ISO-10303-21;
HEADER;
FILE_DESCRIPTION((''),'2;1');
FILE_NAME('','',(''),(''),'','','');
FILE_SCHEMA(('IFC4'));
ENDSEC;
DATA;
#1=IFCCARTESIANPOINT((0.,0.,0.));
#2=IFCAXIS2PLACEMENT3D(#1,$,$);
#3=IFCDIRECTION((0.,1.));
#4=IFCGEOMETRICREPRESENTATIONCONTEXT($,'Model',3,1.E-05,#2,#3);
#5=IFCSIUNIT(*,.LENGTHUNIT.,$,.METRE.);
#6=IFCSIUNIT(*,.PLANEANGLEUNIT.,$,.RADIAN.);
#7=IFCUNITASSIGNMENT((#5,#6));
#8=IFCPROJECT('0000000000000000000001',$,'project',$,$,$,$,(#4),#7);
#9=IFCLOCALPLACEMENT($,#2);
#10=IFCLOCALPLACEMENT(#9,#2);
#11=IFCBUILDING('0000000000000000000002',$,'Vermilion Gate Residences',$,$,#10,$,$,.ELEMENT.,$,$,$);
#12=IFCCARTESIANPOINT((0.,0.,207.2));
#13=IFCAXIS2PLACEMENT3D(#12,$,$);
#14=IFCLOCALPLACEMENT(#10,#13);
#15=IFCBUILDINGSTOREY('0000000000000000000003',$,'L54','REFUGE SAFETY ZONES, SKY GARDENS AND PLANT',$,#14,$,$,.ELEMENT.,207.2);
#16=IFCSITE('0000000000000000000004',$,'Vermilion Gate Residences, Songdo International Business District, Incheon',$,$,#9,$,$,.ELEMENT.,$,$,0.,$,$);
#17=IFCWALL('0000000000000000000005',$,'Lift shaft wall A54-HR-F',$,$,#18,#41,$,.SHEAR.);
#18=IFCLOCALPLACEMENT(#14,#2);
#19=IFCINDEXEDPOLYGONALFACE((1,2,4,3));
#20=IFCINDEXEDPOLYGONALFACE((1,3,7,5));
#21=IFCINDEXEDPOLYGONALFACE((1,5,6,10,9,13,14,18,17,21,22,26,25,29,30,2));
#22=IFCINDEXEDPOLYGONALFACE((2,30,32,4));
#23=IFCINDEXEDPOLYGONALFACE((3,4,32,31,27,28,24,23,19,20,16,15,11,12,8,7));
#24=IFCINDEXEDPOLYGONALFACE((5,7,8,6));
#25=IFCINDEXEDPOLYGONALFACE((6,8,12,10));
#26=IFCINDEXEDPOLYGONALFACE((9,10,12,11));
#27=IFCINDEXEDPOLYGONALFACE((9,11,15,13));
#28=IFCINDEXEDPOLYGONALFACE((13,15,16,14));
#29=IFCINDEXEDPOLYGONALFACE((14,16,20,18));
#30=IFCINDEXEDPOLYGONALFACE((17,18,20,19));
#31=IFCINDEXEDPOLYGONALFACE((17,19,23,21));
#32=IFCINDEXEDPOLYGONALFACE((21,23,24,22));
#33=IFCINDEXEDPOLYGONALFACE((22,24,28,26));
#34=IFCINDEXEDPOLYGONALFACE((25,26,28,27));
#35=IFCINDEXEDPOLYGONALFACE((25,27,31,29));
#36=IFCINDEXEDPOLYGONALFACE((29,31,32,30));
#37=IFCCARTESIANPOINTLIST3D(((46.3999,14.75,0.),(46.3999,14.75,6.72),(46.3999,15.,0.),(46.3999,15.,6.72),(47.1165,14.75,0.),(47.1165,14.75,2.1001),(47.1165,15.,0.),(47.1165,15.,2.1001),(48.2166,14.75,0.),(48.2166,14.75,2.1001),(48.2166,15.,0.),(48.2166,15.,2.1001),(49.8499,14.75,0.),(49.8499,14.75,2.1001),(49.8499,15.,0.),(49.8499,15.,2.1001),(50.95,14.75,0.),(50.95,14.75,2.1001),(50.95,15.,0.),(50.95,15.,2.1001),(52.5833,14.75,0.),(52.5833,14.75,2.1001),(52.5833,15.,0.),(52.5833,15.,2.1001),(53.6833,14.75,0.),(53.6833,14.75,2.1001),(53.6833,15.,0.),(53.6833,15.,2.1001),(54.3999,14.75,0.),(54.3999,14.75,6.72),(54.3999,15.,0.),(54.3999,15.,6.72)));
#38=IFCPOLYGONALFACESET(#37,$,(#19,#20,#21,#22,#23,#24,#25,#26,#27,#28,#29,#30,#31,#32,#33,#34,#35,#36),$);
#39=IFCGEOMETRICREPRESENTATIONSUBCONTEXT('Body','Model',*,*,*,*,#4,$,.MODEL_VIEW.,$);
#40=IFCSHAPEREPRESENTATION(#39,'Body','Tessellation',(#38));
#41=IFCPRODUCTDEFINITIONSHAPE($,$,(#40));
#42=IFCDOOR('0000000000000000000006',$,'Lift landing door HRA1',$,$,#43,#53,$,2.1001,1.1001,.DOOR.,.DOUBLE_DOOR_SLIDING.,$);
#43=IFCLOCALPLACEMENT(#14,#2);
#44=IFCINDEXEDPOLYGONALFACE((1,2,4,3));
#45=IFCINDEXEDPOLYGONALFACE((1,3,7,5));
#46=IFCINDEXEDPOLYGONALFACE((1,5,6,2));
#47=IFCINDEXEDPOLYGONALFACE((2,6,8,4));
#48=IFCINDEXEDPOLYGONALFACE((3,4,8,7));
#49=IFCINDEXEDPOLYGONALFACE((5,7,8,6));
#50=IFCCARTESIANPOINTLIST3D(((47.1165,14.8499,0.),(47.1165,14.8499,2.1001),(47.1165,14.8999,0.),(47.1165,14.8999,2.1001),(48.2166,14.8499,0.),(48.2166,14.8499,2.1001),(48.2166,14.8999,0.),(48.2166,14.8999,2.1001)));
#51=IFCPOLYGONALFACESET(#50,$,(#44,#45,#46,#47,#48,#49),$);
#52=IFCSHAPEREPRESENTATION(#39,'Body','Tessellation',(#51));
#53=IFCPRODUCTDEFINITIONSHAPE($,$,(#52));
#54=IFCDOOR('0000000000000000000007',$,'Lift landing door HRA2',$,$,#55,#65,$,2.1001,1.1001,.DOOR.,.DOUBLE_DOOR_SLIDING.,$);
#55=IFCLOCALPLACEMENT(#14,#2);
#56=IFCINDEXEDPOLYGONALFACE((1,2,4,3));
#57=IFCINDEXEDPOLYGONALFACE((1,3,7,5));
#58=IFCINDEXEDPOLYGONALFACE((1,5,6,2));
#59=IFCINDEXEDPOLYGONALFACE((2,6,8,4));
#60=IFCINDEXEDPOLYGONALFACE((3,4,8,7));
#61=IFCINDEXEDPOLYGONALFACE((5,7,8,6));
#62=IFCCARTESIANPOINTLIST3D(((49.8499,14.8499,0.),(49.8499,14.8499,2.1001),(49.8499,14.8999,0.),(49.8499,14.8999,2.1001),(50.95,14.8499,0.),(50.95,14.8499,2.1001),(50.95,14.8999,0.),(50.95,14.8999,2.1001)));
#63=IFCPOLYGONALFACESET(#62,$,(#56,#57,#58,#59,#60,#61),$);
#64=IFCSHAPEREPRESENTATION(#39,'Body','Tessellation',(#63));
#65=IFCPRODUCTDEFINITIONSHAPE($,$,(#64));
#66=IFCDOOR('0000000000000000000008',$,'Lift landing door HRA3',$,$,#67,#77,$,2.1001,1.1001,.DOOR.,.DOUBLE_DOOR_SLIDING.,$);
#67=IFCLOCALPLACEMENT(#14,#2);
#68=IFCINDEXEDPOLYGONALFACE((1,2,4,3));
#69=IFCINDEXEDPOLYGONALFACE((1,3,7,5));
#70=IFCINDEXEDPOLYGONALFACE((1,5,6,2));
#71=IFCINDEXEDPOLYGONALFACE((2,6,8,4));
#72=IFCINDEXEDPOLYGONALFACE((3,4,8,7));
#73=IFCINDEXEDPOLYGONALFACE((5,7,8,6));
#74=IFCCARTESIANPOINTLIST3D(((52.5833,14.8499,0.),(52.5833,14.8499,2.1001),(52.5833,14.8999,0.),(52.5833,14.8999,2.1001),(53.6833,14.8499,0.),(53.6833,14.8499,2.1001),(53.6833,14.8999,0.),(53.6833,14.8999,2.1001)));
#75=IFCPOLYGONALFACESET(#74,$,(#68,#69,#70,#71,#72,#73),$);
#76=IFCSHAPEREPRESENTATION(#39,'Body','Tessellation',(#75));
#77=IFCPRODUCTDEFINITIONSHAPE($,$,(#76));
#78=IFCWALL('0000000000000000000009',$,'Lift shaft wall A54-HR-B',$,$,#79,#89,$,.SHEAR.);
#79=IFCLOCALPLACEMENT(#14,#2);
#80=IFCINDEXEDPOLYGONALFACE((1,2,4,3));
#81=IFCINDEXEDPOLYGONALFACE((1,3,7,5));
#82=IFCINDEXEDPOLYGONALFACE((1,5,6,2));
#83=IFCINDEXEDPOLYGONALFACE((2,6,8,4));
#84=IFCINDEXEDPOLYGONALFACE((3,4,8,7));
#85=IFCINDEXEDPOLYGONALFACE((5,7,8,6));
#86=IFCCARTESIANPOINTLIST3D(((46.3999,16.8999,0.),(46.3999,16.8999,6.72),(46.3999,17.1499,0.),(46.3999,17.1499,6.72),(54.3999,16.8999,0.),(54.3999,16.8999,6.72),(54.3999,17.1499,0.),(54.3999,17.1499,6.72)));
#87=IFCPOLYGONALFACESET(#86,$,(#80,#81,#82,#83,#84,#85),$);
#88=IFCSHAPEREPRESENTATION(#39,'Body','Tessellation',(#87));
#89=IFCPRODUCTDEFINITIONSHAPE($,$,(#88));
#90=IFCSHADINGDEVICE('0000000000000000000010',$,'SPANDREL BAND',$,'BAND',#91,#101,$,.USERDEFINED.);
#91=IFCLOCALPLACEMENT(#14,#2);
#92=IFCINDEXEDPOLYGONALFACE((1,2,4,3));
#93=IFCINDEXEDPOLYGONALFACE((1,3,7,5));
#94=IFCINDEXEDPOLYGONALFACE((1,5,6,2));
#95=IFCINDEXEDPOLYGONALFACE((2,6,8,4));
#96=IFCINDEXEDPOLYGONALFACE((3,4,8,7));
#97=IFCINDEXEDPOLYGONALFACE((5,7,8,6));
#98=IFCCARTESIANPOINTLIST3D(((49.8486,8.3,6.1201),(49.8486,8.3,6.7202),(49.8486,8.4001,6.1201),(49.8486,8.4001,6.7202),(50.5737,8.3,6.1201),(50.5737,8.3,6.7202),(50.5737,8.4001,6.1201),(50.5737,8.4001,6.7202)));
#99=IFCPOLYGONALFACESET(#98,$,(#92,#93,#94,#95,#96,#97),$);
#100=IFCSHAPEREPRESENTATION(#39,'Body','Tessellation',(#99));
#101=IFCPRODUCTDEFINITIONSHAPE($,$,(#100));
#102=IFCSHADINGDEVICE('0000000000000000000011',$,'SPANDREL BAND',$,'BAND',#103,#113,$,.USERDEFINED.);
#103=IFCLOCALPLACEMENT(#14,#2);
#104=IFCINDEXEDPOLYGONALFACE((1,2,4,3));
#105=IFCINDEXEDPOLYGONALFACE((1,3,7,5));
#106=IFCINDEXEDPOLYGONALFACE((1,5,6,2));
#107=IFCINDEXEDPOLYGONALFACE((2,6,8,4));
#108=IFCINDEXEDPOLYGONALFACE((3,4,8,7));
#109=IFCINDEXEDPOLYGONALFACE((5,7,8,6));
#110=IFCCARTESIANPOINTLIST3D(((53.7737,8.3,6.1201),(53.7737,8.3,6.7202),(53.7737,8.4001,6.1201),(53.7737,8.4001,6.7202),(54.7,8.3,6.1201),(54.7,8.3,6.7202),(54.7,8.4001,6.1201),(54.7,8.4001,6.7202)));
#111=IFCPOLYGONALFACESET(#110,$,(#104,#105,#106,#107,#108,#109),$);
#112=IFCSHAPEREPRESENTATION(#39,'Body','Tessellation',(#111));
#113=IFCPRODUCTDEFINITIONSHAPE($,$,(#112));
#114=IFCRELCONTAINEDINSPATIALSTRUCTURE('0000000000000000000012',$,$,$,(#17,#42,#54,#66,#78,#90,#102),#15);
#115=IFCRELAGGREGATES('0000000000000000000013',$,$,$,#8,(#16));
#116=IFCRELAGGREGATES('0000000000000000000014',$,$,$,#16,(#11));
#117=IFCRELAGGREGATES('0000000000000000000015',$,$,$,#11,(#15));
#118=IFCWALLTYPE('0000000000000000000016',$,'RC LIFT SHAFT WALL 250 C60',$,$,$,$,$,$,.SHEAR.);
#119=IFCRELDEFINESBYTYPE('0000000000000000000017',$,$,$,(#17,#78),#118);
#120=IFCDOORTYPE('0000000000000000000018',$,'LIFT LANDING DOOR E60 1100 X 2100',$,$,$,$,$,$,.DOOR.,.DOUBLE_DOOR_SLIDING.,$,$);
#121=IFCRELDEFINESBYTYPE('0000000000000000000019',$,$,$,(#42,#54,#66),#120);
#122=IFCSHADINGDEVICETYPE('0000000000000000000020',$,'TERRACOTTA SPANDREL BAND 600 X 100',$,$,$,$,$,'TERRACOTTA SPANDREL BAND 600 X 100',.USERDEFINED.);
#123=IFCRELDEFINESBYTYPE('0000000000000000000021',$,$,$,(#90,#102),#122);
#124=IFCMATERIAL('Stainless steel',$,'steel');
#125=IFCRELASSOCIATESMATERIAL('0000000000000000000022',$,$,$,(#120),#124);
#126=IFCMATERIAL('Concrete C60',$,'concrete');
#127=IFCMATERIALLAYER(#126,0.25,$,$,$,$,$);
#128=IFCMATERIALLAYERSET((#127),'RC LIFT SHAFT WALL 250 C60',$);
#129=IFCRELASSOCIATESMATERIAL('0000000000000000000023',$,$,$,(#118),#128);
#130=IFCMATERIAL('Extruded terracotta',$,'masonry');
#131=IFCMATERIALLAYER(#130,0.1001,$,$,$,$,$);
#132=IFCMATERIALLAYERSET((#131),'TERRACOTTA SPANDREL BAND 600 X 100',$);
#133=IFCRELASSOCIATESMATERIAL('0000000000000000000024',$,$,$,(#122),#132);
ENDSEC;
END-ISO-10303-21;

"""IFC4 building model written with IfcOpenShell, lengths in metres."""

from ifc_helpers import new_model, si_unit, direction, frame, frame_2d, origin, origin_2d, place, context, subcontext, project, spatial, rectangle, extrude, material, layer, layer_set, type_object, element, fill, save


model = new_model("IFC4")

# Units and contexts
model_context = context("Model", 3, precision=1e-05, world=origin(), true_north=direction((0.0, 1.0)))
body_context = subcontext(model_context, "Body", "Model", "MODEL_VIEW")
ifc_project = project(units=[si_unit("LENGTHUNIT", "METRE"), si_unit("PLANEANGLEUNIT", "RADIAN")], contexts=[model_context])

# Site, building, storey
site_placement = place(None, origin())
site = spatial("IfcSite", under=ifc_project, at=site_placement, Name="Vermilion Gate Residences, Songdo International Business District, Incheon", CompositionType="ELEMENT", RefElevation=0.0)
building_placement = place(site_placement, origin())
building = spatial("IfcBuilding", under=site, at=building_placement, Name="Vermilion Gate Residences", CompositionType="ELEMENT")
storey_placement = place(building_placement, frame((0.0, 0.0, 207.2)))
storey = spatial("IfcBuildingStorey", under=building, at=storey_placement, Name="L54", Description="REFUGE SAFETY ZONES, SKY GARDENS AND PLANT", CompositionType="ELEMENT", Elevation=207.2)

# Shared definitions
ifc_material_1 = material(Name="Stainless steel", Category="steel")
door_type_1 = type_object("IfcDoorType", Name="LIFT LANDING DOOR E60 1100 X 2100", OperationType="DOUBLE_DOOR_SLIDING", PredefinedType="DOOR", material=ifc_material_1)

# Wall, openings, doors
ifc_material_2 = material(Name="Concrete C60", Category="concrete")
ifc_layer_1 = layer(ifc_material_2, 0.25)
ifc_layer_set_1 = layer_set([ifc_layer_1], Name="RC LIFT SHAFT WALL 250 C60")
wall_type_1 = type_object("IfcWallType", Name="RC LIFT SHAFT WALL 250 C60", PredefinedType="SHEAR", material=ifc_layer_set_1)
wall_1_placement = place(storey_placement, frame((46.3999, 14.875, 0.0), z_axis=(0.0, 0.0, 1.0), x_axis=(1.0, 0.0, 0.0)))
wall_1 = element("IfcWall", 1, at=wall_1_placement, inside=storey, type_object=wall_type_1, Name="Lift shaft wall A54-HR-F", PredefinedType="SHEAR", context=body_context, shape_type="SweptSolid", body=[
    extrude(rectangle(XDim=8.0, YDim=0.25, at=frame_2d((4.0, 0.0))), origin(), (0.0, 0.0, 1.0), 6.72),
])
opening_1_placement = place(wall_1_placement, frame((0.7166, 0.0, 0.0)))
opening_1 = element("IfcOpeningElement", 2, at=opening_1_placement, cuts=wall_1, PredefinedType="OPENING", context=body_context, shape_type="SweptSolid", body=[
    extrude(rectangle(XDim=1.1001, YDim=2.1001, at=frame_2d((0.55, 1.05))), frame((0.0, 0.135, 0.0), z_axis=(0.0, -1.0, 0.0), x_axis=(1.0, 0.0, 0.0)), (0.0, 0.0, 1.0), 0.27),
])
opening_2_placement = place(wall_1_placement, frame((3.45, 0.0, 0.0)))
opening_2 = element("IfcOpeningElement", 3, at=opening_2_placement, cuts=wall_1, PredefinedType="OPENING", context=body_context, shape_type="SweptSolid", body=[
    extrude(rectangle(XDim=1.1001, YDim=2.1001, at=frame_2d((0.55, 1.05))), frame((0.0, 0.135, 0.0), z_axis=(0.0, -1.0, 0.0), x_axis=(1.0, 0.0, 0.0)), (0.0, 0.0, 1.0), 0.27),
])
opening_3_placement = place(wall_1_placement, frame((6.1833, 0.0, 0.0)))
opening_3 = element("IfcOpeningElement", 4, at=opening_3_placement, cuts=wall_1, PredefinedType="OPENING", context=body_context, shape_type="SweptSolid", body=[
    extrude(rectangle(XDim=1.1001, YDim=2.1001, at=frame_2d((0.55, 1.05))), frame((0.0, 0.135, 0.0), z_axis=(0.0, -1.0, 0.0), x_axis=(1.0, 0.0, 0.0)), (0.0, 0.0, 1.0), 0.27),
])
door_1_placement = place(opening_1_placement, origin())
door_1 = element("IfcDoor", 5, at=door_1_placement, inside=storey, type_object=door_type_1, Name="Lift landing door HRA1", OperationType="DOUBLE_DOOR_SLIDING", OverallHeight=2.1001, OverallWidth=1.1001, PredefinedType="DOOR", context=body_context, shape_type="SweptSolid", body=[
    extrude(rectangle(XDim=1.1001, YDim=2.1001, at=frame_2d((0.55, 1.05))), frame((0.0, 0.0249, 0.0), z_axis=(0.0, -1.0, 0.0), x_axis=(1.0, 0.0, 0.0)), (0.0, 0.0, 1.0), 0.05),
])
fill(opening_1, door_1)
door_2_placement = place(opening_2_placement, origin())
door_2 = element("IfcDoor", 6, at=door_2_placement, inside=storey, type_object=door_type_1, Name="Lift landing door HRA2", OperationType="DOUBLE_DOOR_SLIDING", OverallHeight=2.1001, OverallWidth=1.1001, PredefinedType="DOOR", context=body_context, shape_type="SweptSolid", body=[
    extrude(rectangle(XDim=1.1001, YDim=2.1001, at=frame_2d((0.55, 1.05))), frame((0.0, 0.0249, 0.0), z_axis=(0.0, -1.0, 0.0), x_axis=(1.0, 0.0, 0.0)), (0.0, 0.0, 1.0), 0.05),
])
fill(opening_2, door_2)
door_3_placement = place(opening_3_placement, origin())
door_3 = element("IfcDoor", 7, at=door_3_placement, inside=storey, type_object=door_type_1, Name="Lift landing door HRA3", OperationType="DOUBLE_DOOR_SLIDING", OverallHeight=2.1001, OverallWidth=1.1001, PredefinedType="DOOR", context=body_context, shape_type="SweptSolid", body=[
    extrude(rectangle(XDim=1.1001, YDim=2.1001, at=frame_2d((0.55, 1.05))), frame((0.0, 0.0249, 0.0), z_axis=(0.0, -1.0, 0.0), x_axis=(1.0, 0.0, 0.0)), (0.0, 0.0, 1.0), 0.05),
])
fill(opening_3, door_3)

# Wall
wall_2_placement = place(storey_placement, frame((46.3999, 17.0249, 0.0), z_axis=(0.0, 0.0, 1.0), x_axis=(1.0, 0.0, 0.0)))
element("IfcWall", 8, at=wall_2_placement, inside=storey, type_object=wall_type_1, Name="Lift shaft wall A54-HR-B", PredefinedType="SHEAR", context=body_context, shape_type="SweptSolid", body=[
    extrude(rectangle(XDim=8.0, YDim=0.25, at=frame_2d((4.0, 0.0))), origin(), (0.0, 0.0, 1.0), 6.72),
])

# Shading devices
ifc_material_3 = material(Name="Extruded terracotta", Category="masonry")
ifc_layer_2 = layer(ifc_material_3, 0.1001)
ifc_layer_set_2 = layer_set([ifc_layer_2], Name="TERRACOTTA SPANDREL BAND 600 X 100")
shading_device_type = type_object("IfcShadingDeviceType", Name="TERRACOTTA SPANDREL BAND 600 X 100", ElementType="TERRACOTTA SPANDREL BAND 600 X 100", PredefinedType="USERDEFINED", material=ifc_layer_set_2)
shading_device_1_placement = place(storey_placement, frame((50.2112, 8.3501, 6.1201), z_axis=(0.0, 0.0, 1.0), x_axis=(1.0, 0.0, 0.0)))
element("IfcShadingDevice", 9, at=shading_device_1_placement, inside=storey, type_object=shading_device_type, Name="SPANDREL BAND", ObjectType="BAND", PredefinedType="USERDEFINED", context=body_context, shape_type="SweptSolid", body=[
    extrude(rectangle(XDim=0.7251, YDim=0.1001, at=origin_2d()), origin(), (0.0, 0.0, 1.0), 0.6001),
])
shading_device_2_placement = place(storey_placement, frame((54.2368, 8.3501, 6.1201), z_axis=(0.0, 0.0, 1.0), x_axis=(1.0, 0.0, 0.0)))
element("IfcShadingDevice", 10, at=shading_device_2_placement, inside=storey, type_object=shading_device_type, Name="SPANDREL BAND", ObjectType="BAND", PredefinedType="USERDEFINED", context=body_context, shape_type="SweptSolid", body=[
    extrude(rectangle(XDim=0.9263, YDim=0.1001, at=origin_2d()), origin(), (0.0, 0.0, 1.0), 0.6001),
])

save(model, "model.ifc")
